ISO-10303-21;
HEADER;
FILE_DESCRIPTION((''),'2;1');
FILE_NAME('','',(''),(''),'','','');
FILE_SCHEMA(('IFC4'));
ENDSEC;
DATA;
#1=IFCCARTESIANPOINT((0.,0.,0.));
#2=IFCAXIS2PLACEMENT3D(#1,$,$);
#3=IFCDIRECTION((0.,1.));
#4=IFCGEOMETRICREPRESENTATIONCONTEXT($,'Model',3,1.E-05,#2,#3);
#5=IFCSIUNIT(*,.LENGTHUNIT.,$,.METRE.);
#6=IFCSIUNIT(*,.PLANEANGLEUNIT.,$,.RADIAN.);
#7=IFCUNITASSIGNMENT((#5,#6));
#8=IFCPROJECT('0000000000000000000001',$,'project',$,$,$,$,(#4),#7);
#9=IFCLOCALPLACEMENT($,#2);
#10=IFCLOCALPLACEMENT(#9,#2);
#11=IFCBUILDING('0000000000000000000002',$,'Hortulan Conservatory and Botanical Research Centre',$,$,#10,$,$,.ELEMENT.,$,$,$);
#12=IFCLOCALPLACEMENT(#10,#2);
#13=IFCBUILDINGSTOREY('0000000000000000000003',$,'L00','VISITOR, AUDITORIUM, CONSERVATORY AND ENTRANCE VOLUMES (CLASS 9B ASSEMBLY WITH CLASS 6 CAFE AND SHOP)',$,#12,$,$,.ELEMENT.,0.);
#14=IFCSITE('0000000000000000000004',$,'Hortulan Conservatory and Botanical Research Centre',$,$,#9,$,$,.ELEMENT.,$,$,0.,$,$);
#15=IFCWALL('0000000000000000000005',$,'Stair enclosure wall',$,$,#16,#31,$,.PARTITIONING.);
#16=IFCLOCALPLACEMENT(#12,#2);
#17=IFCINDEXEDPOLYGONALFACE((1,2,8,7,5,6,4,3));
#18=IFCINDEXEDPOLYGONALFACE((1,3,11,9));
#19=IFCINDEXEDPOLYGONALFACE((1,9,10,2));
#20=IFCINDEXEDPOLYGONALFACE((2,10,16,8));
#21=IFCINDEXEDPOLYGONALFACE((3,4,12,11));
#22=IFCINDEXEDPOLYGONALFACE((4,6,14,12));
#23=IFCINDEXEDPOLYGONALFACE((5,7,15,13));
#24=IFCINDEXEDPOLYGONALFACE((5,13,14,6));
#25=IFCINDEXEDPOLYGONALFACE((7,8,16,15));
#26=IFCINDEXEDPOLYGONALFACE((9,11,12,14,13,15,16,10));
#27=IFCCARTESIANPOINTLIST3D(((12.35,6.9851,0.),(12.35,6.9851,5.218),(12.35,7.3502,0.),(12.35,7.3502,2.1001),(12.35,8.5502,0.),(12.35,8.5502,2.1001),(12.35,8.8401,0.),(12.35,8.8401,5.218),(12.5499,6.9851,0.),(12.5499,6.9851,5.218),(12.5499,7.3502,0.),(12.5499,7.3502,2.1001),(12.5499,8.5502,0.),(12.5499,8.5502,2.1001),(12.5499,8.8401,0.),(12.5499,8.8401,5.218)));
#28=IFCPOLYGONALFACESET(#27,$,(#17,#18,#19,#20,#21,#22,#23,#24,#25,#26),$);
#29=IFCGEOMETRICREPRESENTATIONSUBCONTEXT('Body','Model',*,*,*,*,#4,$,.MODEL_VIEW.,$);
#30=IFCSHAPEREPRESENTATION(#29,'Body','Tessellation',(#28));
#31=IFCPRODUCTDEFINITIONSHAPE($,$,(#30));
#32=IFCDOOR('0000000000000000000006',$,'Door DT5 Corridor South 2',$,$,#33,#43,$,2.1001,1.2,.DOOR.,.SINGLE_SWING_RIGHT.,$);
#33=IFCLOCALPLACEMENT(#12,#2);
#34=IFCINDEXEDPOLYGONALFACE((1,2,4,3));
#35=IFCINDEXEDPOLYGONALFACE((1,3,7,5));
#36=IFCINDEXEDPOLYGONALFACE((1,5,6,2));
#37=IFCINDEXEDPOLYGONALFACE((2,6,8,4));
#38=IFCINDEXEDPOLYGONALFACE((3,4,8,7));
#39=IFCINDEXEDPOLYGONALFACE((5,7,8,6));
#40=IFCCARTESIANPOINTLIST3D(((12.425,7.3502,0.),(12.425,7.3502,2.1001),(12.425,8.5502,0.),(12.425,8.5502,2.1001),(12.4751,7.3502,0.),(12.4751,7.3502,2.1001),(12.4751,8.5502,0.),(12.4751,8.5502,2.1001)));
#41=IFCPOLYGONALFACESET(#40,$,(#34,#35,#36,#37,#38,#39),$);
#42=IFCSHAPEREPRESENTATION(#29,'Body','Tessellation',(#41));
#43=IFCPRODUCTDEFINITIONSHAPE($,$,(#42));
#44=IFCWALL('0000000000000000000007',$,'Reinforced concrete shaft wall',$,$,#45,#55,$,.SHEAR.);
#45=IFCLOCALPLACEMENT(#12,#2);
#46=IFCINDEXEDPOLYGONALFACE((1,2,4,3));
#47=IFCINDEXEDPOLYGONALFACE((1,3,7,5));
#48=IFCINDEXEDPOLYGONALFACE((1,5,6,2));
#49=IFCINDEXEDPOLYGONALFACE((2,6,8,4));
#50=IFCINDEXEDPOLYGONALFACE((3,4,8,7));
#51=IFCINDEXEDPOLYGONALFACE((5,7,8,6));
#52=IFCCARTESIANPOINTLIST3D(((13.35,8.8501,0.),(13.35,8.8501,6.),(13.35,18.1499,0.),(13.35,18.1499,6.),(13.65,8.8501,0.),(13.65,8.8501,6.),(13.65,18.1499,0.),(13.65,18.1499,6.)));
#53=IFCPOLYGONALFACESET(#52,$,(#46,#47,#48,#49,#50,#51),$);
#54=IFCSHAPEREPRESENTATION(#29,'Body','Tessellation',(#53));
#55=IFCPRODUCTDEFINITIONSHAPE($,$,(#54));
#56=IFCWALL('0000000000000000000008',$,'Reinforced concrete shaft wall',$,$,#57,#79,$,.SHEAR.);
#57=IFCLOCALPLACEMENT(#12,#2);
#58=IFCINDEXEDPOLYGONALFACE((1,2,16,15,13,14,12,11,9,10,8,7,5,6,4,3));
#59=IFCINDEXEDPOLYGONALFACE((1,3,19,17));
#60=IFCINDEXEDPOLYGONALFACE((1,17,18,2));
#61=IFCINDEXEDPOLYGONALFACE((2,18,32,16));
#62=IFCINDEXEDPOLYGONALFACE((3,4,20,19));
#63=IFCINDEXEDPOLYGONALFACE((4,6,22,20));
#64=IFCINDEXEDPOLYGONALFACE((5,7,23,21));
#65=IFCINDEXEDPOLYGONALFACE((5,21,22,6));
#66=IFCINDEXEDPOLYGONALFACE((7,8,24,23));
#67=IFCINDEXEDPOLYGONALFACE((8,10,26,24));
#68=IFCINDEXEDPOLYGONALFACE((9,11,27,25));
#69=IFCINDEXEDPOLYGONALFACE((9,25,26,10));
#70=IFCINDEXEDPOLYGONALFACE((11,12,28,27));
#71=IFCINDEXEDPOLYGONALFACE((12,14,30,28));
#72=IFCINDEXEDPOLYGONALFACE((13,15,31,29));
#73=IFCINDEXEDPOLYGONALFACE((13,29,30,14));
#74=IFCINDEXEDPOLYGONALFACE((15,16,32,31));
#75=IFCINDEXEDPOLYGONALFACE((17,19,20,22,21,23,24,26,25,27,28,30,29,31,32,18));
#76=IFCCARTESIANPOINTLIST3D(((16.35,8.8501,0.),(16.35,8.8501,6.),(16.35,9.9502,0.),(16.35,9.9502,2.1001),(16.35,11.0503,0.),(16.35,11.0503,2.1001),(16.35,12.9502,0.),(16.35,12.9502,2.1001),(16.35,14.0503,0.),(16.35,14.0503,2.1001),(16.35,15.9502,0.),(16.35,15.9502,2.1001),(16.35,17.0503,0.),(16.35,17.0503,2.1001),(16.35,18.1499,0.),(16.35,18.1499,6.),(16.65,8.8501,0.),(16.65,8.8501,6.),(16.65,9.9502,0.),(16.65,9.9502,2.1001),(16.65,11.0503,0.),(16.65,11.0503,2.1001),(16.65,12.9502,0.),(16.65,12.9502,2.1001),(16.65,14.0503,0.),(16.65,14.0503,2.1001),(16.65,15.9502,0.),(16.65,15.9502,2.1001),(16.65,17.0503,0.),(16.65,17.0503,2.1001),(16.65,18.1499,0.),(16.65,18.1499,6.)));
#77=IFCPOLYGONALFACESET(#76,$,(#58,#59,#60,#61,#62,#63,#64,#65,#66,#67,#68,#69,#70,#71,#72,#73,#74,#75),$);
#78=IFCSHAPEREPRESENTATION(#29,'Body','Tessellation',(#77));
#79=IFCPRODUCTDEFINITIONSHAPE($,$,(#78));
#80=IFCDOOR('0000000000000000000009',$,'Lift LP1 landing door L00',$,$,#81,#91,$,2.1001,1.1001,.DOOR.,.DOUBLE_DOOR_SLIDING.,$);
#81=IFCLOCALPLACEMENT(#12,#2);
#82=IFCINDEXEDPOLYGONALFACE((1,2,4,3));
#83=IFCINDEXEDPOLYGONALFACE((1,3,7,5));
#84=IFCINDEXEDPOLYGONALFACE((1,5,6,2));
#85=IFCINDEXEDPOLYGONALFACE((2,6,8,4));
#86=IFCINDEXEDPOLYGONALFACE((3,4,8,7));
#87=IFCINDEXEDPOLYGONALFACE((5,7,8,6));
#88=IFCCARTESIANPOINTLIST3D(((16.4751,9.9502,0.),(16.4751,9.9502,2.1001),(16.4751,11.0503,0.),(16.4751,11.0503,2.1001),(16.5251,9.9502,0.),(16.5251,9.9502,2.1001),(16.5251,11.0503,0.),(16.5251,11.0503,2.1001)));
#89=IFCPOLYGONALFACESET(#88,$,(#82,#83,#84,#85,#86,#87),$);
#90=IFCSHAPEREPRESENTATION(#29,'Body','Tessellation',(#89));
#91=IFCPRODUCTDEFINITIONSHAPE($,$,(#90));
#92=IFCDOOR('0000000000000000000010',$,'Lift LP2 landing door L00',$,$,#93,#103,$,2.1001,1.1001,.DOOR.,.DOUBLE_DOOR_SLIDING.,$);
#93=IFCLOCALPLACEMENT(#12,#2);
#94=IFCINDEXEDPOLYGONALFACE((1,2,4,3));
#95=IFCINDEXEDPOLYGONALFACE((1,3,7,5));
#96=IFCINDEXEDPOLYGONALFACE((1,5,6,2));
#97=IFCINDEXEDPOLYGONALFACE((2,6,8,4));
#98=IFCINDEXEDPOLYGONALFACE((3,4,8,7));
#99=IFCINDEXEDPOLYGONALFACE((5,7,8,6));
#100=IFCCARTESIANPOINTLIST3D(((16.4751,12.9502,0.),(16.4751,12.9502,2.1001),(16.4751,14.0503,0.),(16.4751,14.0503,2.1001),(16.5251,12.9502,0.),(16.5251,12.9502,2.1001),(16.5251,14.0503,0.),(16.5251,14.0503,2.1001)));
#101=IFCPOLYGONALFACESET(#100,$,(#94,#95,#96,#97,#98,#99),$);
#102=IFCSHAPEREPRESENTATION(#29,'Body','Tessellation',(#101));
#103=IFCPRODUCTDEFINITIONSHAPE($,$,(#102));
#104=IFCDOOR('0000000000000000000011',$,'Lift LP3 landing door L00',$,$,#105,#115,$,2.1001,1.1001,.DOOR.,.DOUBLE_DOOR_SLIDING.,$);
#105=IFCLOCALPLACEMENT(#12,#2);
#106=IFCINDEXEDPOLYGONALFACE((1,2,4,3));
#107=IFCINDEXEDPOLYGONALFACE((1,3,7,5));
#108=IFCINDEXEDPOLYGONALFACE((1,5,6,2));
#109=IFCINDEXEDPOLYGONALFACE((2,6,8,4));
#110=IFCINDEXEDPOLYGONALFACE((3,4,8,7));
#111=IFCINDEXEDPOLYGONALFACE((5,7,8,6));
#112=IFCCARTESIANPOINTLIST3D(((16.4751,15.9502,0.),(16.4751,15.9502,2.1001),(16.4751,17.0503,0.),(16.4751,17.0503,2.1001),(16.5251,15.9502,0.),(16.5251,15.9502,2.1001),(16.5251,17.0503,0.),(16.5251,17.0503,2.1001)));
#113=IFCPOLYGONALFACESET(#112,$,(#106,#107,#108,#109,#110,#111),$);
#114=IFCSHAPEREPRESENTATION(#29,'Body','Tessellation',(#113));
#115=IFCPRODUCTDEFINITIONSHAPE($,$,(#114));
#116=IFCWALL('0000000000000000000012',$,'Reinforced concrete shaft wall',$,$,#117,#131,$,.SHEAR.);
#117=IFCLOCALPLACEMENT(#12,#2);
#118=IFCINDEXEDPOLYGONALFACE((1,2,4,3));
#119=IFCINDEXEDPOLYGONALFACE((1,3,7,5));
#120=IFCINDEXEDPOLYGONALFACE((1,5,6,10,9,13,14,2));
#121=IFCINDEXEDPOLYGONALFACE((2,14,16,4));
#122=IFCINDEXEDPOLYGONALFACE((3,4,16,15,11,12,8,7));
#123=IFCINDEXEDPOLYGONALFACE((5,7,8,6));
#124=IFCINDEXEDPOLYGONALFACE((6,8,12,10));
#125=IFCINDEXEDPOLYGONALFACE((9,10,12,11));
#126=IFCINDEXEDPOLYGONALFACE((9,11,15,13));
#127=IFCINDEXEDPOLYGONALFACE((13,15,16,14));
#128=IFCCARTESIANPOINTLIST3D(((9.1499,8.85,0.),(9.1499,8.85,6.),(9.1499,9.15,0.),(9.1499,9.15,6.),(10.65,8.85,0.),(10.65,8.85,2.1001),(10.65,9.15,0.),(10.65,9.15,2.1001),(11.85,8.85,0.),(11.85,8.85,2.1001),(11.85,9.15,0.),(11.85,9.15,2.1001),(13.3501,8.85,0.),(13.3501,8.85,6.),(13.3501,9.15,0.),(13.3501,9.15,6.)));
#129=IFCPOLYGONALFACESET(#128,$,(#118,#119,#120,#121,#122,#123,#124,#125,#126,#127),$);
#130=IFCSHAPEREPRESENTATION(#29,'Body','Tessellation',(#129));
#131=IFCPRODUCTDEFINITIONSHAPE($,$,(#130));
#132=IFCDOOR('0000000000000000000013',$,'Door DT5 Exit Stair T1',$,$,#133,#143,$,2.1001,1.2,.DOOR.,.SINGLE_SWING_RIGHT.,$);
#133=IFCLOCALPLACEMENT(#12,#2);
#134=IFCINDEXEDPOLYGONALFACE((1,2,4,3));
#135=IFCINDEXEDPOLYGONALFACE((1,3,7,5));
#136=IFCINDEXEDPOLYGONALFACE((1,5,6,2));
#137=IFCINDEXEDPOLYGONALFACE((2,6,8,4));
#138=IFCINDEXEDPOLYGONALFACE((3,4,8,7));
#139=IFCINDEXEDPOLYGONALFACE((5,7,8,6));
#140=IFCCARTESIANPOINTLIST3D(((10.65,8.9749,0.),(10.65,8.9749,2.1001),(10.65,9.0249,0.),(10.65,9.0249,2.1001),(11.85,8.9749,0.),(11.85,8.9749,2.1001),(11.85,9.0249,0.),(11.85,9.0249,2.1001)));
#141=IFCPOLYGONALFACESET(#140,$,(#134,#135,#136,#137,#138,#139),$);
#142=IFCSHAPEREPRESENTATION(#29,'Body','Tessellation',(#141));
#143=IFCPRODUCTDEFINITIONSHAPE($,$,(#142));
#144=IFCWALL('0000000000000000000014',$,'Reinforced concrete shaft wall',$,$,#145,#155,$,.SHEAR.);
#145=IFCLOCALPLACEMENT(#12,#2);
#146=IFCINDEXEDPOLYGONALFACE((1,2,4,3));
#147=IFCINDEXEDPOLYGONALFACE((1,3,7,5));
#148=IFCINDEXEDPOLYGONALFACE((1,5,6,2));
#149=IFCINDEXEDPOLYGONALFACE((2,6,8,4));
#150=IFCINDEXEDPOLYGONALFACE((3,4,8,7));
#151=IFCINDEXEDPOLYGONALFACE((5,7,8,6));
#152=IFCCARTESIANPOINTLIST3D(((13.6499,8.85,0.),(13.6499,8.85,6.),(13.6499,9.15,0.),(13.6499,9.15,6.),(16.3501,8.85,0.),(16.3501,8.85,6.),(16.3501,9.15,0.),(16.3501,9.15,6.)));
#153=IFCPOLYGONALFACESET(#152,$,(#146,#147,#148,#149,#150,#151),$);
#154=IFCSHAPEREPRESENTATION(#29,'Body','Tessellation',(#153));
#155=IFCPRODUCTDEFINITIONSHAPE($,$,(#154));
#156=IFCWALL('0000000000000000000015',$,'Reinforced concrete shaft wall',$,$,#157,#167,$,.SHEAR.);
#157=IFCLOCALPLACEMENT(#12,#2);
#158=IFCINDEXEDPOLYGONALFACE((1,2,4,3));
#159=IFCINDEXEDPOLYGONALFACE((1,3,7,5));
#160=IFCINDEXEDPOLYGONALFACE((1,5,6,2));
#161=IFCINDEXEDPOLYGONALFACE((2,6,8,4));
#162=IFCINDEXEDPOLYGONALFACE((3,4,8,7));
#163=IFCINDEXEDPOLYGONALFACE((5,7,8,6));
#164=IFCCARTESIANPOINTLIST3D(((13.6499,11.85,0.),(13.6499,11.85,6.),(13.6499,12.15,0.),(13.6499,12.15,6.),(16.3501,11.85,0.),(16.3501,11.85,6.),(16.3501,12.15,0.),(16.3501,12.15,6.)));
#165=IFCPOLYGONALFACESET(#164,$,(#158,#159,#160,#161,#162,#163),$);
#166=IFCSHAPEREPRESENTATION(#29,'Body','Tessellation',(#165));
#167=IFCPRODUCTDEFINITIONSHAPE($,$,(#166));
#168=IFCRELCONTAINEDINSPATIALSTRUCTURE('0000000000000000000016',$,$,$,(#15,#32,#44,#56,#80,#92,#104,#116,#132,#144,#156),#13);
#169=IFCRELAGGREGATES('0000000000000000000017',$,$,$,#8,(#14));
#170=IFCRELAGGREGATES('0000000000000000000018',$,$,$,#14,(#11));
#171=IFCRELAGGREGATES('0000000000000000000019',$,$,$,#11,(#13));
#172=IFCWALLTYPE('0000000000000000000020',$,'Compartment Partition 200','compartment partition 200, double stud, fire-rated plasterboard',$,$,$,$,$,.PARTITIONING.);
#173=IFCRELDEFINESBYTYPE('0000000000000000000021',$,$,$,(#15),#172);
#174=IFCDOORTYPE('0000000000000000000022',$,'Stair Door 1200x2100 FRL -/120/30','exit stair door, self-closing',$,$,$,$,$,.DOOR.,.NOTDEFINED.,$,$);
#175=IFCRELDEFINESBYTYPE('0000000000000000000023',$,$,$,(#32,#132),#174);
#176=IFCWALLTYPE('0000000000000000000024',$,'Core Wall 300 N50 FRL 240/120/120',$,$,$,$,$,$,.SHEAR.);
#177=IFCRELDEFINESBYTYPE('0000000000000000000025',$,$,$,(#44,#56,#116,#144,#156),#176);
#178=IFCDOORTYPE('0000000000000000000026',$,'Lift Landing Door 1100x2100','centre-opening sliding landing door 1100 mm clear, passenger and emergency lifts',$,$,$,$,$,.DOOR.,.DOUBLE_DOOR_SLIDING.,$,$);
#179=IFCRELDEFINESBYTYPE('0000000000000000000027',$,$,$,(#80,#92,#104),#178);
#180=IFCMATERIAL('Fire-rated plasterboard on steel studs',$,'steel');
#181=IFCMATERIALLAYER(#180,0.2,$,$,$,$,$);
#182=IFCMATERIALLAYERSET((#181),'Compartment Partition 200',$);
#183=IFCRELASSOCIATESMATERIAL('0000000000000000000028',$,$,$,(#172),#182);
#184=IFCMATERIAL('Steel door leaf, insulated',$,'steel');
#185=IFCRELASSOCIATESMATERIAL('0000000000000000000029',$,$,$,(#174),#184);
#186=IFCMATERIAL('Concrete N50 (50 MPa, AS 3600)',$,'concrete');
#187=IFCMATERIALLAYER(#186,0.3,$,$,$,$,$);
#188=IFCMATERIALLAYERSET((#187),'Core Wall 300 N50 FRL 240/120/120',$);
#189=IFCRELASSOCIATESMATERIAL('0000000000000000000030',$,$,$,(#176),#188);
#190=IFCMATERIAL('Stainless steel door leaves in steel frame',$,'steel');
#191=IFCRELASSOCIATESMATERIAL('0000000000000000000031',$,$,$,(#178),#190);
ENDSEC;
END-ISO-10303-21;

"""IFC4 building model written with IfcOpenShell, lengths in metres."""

from ifc_helpers import new_model, si_unit, direction, frame, frame_2d, origin, place, context, subcontext, project, spatial, rectangle, extrude, material, layer, layer_set, type_object, element, fill, save


model = new_model("IFC4")

# Units and contexts
model_context = context("Model", 3, precision=1e-05, world=origin(), true_north=direction((0.0, 1.0)))
body_context = subcontext(model_context, "Body", "Model", "MODEL_VIEW")
ifc_project = project(units=[si_unit("LENGTHUNIT", "METRE"), si_unit("PLANEANGLEUNIT", "RADIAN")], contexts=[model_context])

# Site, building, storey
site_placement = place(None, origin())
site = spatial("IfcSite", under=ifc_project, at=site_placement, Name="Hortulan Conservatory and Botanical Research Centre", CompositionType="ELEMENT", RefElevation=0.0)
building_placement = place(site_placement, origin())
building = spatial("IfcBuilding", under=site, at=building_placement, Name="Hortulan Conservatory and Botanical Research Centre", CompositionType="ELEMENT")
storey_placement = place(building_placement, origin())
storey = spatial("IfcBuildingStorey", under=building, at=storey_placement, Name="L00", Description="VISITOR, AUDITORIUM, CONSERVATORY AND ENTRANCE VOLUMES (CLASS 9B ASSEMBLY WITH CLASS 6 CAFE AND SHOP)", CompositionType="ELEMENT", Elevation=0.0)

# Wall, opening, door
ifc_material_1 = material(Name="Fire-rated plasterboard on steel studs", Category="steel")
ifc_layer_1 = layer(ifc_material_1, 0.2)
ifc_layer_set_1 = layer_set([ifc_layer_1], Name="Compartment Partition 200")
wall_type_1 = type_object("IfcWallType", Name="Compartment Partition 200", Description="compartment partition 200, double stud, fire-rated plasterboard", PredefinedType="PARTITIONING", material=ifc_layer_set_1)
wall_1_placement = place(storey_placement, frame((12.45, 6.9851, 0.0), z_axis=(0.0, 0.0, 1.0), x_axis=(0.0, 1.0, 0.0)))
wall_1 = element("IfcWall", 1, at=wall_1_placement, inside=storey, type_object=wall_type_1, Name="Stair enclosure wall", PredefinedType="PARTITIONING", context=body_context, shape_type="SweptSolid", body=[
    extrude(rectangle(XDim=1.855, YDim=0.2, at=frame_2d((0.9275, 0.0))), origin(), (0.0, 0.0, 1.0), 5.218),
])
opening_1_placement = place(wall_1_placement, frame((0.365, 0.0, 0.0)))
opening_1 = element("IfcOpeningElement", 2, at=opening_1_placement, cuts=wall_1, PredefinedType="OPENING", context=body_context, shape_type="SweptSolid", body=[
    extrude(rectangle(XDim=1.2, YDim=2.1001, at=frame_2d((0.6001, 1.05))), frame((0.0, 0.1099, 0.0), z_axis=(0.0, -1.0, 0.0), x_axis=(1.0, 0.0, 0.0)), (0.0, 0.0, 1.0), 0.22),
])
ifc_material_2 = material(Name="Steel door leaf, insulated", Category="steel")
door_type_1 = type_object("IfcDoorType", Name="Stair Door 1200x2100 FRL -/120/30", Description="exit stair door, self-closing", OperationType="NOTDEFINED", PredefinedType="DOOR", material=ifc_material_2)
door_1_placement = place(opening_1_placement, origin())
door_1 = element("IfcDoor", 3, at=door_1_placement, inside=storey, type_object=door_type_1, Name="Door DT5 Corridor South 2", OperationType="SINGLE_SWING_RIGHT", OverallHeight=2.1001, OverallWidth=1.2, PredefinedType="DOOR", context=body_context, shape_type="SweptSolid", body=[
    extrude(rectangle(XDim=1.2, YDim=2.1001, at=frame_2d((0.6001, 1.05))), frame((0.0, 0.0249, 0.0), z_axis=(0.0, -1.0, 0.0), x_axis=(1.0, 0.0, 0.0)), (0.0, 0.0, 1.0), 0.05),
])
fill(opening_1, door_1)

# Wall
ifc_material_3 = material(Name="Concrete N50 (50 MPa, AS 3600)", Category="concrete")
ifc_layer_2 = layer(ifc_material_3, 0.3)
ifc_layer_set_2 = layer_set([ifc_layer_2], Name="Core Wall 300 N50 FRL 240/120/120")
wall_type_2 = type_object("IfcWallType", Name="Core Wall 300 N50 FRL 240/120/120", PredefinedType="SHEAR", material=ifc_layer_set_2)
wall_2_placement = place(storey_placement, frame((13.5, 8.8501, 0.0), z_axis=(0.0, 0.0, 1.0), x_axis=(0.0, 1.0, 0.0)))
element("IfcWall", 4, at=wall_2_placement, inside=storey, type_object=wall_type_2, Name="Reinforced concrete shaft wall", PredefinedType="SHEAR", context=body_context, shape_type="SweptSolid", body=[
    extrude(rectangle(XDim=9.2998, YDim=0.3, at=frame_2d((4.6499, 0.0))), origin(), (0.0, 0.0, 1.0), 6.0),
])

# Wall, openings, doors
wall_3_placement = place(storey_placement, frame((16.5, 8.8501, 0.0), z_axis=(0.0, 0.0, 1.0), x_axis=(0.0, 1.0, 0.0)))
wall_3 = element("IfcWall", 5, at=wall_3_placement, inside=storey, type_object=wall_type_2, Name="Reinforced concrete shaft wall", PredefinedType="SHEAR", context=body_context, shape_type="SweptSolid", body=[
    extrude(rectangle(XDim=9.2998, YDim=0.3, at=frame_2d((4.6499, 0.0))), origin(), (0.0, 0.0, 1.0), 6.0),
])
opening_2_placement = place(wall_3_placement, frame((1.1001, 0.0, 0.0)))
opening_2 = element("IfcOpeningElement", 6, at=opening_2_placement, cuts=wall_3, PredefinedType="OPENING", context=body_context, shape_type="SweptSolid", body=[
    extrude(rectangle(XDim=1.1001, YDim=2.1001, at=frame_2d((0.55, 1.05))), frame((0.0, 0.1599, 0.0), z_axis=(0.0, -1.0, 0.0), x_axis=(1.0, 0.0, 0.0)), (0.0, 0.0, 1.0), 0.3201),
])
opening_3_placement = place(wall_3_placement, frame((4.1001, 0.0, 0.0)))
opening_3 = element("IfcOpeningElement", 7, at=opening_3_placement, cuts=wall_3, PredefinedType="OPENING", context=body_context, shape_type="SweptSolid", body=[
    extrude(rectangle(XDim=1.1001, YDim=2.1001, at=frame_2d((0.55, 1.05))), frame((0.0, 0.1599, 0.0), z_axis=(0.0, -1.0, 0.0), x_axis=(1.0, 0.0, 0.0)), (0.0, 0.0, 1.0), 0.3201),
])
opening_4_placement = place(wall_3_placement, frame((7.1001, 0.0, 0.0)))
opening_4 = element("IfcOpeningElement", 8, at=opening_4_placement, cuts=wall_3, PredefinedType="OPENING", context=body_context, shape_type="SweptSolid", body=[
    extrude(rectangle(XDim=1.1001, YDim=2.1001, at=frame_2d((0.55, 1.05))), frame((0.0, 0.1599, 0.0), z_axis=(0.0, -1.0, 0.0), x_axis=(1.0, 0.0, 0.0)), (0.0, 0.0, 1.0), 0.3201),
])
ifc_material_4 = material(Name="Stainless steel door leaves in steel frame", Category="steel")
door_type_2 = type_object("IfcDoorType", Name="Lift Landing Door 1100x2100", Description="centre-opening sliding landing door 1100 mm clear, passenger and emergency lifts", OperationType="DOUBLE_DOOR_SLIDING", PredefinedType="DOOR", material=ifc_material_4)
door_2_placement = place(opening_2_placement, origin())
door_2 = element("IfcDoor", 9, at=door_2_placement, inside=storey, type_object=door_type_2, Name="Lift LP1 landing door L00", OperationType="DOUBLE_DOOR_SLIDING", OverallHeight=2.1001, OverallWidth=1.1001, PredefinedType="DOOR", context=body_context, shape_type="SweptSolid", body=[
    extrude(rectangle(XDim=1.1001, YDim=2.1001, at=frame_2d((0.55, 1.05))), frame((0.0, 0.0249, 0.0), z_axis=(0.0, -1.0, 0.0), x_axis=(1.0, 0.0, 0.0)), (0.0, 0.0, 1.0), 0.05),
])
fill(opening_2, door_2)
door_3_placement = place(opening_3_placement, origin())
door_3 = element("IfcDoor", 10, at=door_3_placement, inside=storey, type_object=door_type_2, Name="Lift LP2 landing door L00", OperationType="DOUBLE_DOOR_SLIDING", OverallHeight=2.1001, OverallWidth=1.1001, PredefinedType="DOOR", context=body_context, shape_type="SweptSolid", body=[
    extrude(rectangle(XDim=1.1001, YDim=2.1001, at=frame_2d((0.55, 1.05))), frame((0.0, 0.0249, 0.0), z_axis=(0.0, -1.0, 0.0), x_axis=(1.0, 0.0, 0.0)), (0.0, 0.0, 1.0), 0.05),
])
fill(opening_3, door_3)
door_4_placement = place(opening_4_placement, origin())
door_4 = element("IfcDoor", 11, at=door_4_placement, inside=storey, type_object=door_type_2, Name="Lift LP3 landing door L00", OperationType="DOUBLE_DOOR_SLIDING", OverallHeight=2.1001, OverallWidth=1.1001, PredefinedType="DOOR", context=body_context, shape_type="SweptSolid", body=[
    extrude(rectangle(XDim=1.1001, YDim=2.1001, at=frame_2d((0.55, 1.05))), frame((0.0, 0.0249, 0.0), z_axis=(0.0, -1.0, 0.0), x_axis=(1.0, 0.0, 0.0)), (0.0, 0.0, 1.0), 0.05),
])
fill(opening_4, door_4)

# Wall, opening, door
wall_4_placement = place(storey_placement, frame((9.1499, 9.0, 0.0), z_axis=(0.0, 0.0, 1.0), x_axis=(1.0, 0.0, 0.0)))
wall_4 = element("IfcWall", 12, at=wall_4_placement, inside=storey, type_object=wall_type_2, Name="Reinforced concrete shaft wall", PredefinedType="SHEAR", context=body_context, shape_type="SweptSolid", body=[
    extrude(rectangle(XDim=4.2002, YDim=0.3, at=frame_2d((2.1001, 0.0))), origin(), (0.0, 0.0, 1.0), 6.0),
])
opening_5_placement = place(wall_4_placement, frame((1.5, 0.0, 0.0)))
opening_5 = element("IfcOpeningElement", 13, at=opening_5_placement, cuts=wall_4, PredefinedType="OPENING", context=body_context, shape_type="SweptSolid", body=[
    extrude(rectangle(XDim=1.2, YDim=2.1001, at=frame_2d((0.6001, 1.05))), frame((0.0, 0.1599, 0.0), z_axis=(0.0, -1.0, 0.0), x_axis=(1.0, 0.0, 0.0)), (0.0, 0.0, 1.0), 0.3201),
])
door_5_placement = place(opening_5_placement, origin())
door_5 = element("IfcDoor", 14, at=door_5_placement, inside=storey, type_object=door_type_1, Name="Door DT5 Exit Stair T1", OperationType="SINGLE_SWING_RIGHT", OverallHeight=2.1001, OverallWidth=1.2, PredefinedType="DOOR", context=body_context, shape_type="SweptSolid", body=[
    extrude(rectangle(XDim=1.2, YDim=2.1001, at=frame_2d((0.6001, 1.05))), frame((0.0, 0.0249, 0.0), z_axis=(0.0, -1.0, 0.0), x_axis=(1.0, 0.0, 0.0)), (0.0, 0.0, 1.0), 0.05),
])
fill(opening_5, door_5)

# Walls
for number, where, z_axis, x_axis, name in (
    (15, (13.6499, 9.0, 0.0), (0.0, 0.0, 1.0), (1.0, 0.0, 0.0), "Reinforced concrete shaft wall"),
    (16, (13.6499, 12.0, 0.0), (0.0, 0.0, 1.0), (1.0, 0.0, 0.0), "Reinforced concrete shaft wall"),
):
    element("IfcWall", number, at=place(storey_placement, frame(where, z_axis=z_axis, x_axis=x_axis)), inside=storey, type_object=wall_type_2, Name=name, PredefinedType="SHEAR", context=body_context, shape_type="SweptSolid", body=[
        extrude(rectangle(XDim=2.7002, YDim=0.3, at=frame_2d((1.3501, 0.0))), origin(), (0.0, 0.0, 1.0), 6.0),
    ])

save(model, "model.ifc")
